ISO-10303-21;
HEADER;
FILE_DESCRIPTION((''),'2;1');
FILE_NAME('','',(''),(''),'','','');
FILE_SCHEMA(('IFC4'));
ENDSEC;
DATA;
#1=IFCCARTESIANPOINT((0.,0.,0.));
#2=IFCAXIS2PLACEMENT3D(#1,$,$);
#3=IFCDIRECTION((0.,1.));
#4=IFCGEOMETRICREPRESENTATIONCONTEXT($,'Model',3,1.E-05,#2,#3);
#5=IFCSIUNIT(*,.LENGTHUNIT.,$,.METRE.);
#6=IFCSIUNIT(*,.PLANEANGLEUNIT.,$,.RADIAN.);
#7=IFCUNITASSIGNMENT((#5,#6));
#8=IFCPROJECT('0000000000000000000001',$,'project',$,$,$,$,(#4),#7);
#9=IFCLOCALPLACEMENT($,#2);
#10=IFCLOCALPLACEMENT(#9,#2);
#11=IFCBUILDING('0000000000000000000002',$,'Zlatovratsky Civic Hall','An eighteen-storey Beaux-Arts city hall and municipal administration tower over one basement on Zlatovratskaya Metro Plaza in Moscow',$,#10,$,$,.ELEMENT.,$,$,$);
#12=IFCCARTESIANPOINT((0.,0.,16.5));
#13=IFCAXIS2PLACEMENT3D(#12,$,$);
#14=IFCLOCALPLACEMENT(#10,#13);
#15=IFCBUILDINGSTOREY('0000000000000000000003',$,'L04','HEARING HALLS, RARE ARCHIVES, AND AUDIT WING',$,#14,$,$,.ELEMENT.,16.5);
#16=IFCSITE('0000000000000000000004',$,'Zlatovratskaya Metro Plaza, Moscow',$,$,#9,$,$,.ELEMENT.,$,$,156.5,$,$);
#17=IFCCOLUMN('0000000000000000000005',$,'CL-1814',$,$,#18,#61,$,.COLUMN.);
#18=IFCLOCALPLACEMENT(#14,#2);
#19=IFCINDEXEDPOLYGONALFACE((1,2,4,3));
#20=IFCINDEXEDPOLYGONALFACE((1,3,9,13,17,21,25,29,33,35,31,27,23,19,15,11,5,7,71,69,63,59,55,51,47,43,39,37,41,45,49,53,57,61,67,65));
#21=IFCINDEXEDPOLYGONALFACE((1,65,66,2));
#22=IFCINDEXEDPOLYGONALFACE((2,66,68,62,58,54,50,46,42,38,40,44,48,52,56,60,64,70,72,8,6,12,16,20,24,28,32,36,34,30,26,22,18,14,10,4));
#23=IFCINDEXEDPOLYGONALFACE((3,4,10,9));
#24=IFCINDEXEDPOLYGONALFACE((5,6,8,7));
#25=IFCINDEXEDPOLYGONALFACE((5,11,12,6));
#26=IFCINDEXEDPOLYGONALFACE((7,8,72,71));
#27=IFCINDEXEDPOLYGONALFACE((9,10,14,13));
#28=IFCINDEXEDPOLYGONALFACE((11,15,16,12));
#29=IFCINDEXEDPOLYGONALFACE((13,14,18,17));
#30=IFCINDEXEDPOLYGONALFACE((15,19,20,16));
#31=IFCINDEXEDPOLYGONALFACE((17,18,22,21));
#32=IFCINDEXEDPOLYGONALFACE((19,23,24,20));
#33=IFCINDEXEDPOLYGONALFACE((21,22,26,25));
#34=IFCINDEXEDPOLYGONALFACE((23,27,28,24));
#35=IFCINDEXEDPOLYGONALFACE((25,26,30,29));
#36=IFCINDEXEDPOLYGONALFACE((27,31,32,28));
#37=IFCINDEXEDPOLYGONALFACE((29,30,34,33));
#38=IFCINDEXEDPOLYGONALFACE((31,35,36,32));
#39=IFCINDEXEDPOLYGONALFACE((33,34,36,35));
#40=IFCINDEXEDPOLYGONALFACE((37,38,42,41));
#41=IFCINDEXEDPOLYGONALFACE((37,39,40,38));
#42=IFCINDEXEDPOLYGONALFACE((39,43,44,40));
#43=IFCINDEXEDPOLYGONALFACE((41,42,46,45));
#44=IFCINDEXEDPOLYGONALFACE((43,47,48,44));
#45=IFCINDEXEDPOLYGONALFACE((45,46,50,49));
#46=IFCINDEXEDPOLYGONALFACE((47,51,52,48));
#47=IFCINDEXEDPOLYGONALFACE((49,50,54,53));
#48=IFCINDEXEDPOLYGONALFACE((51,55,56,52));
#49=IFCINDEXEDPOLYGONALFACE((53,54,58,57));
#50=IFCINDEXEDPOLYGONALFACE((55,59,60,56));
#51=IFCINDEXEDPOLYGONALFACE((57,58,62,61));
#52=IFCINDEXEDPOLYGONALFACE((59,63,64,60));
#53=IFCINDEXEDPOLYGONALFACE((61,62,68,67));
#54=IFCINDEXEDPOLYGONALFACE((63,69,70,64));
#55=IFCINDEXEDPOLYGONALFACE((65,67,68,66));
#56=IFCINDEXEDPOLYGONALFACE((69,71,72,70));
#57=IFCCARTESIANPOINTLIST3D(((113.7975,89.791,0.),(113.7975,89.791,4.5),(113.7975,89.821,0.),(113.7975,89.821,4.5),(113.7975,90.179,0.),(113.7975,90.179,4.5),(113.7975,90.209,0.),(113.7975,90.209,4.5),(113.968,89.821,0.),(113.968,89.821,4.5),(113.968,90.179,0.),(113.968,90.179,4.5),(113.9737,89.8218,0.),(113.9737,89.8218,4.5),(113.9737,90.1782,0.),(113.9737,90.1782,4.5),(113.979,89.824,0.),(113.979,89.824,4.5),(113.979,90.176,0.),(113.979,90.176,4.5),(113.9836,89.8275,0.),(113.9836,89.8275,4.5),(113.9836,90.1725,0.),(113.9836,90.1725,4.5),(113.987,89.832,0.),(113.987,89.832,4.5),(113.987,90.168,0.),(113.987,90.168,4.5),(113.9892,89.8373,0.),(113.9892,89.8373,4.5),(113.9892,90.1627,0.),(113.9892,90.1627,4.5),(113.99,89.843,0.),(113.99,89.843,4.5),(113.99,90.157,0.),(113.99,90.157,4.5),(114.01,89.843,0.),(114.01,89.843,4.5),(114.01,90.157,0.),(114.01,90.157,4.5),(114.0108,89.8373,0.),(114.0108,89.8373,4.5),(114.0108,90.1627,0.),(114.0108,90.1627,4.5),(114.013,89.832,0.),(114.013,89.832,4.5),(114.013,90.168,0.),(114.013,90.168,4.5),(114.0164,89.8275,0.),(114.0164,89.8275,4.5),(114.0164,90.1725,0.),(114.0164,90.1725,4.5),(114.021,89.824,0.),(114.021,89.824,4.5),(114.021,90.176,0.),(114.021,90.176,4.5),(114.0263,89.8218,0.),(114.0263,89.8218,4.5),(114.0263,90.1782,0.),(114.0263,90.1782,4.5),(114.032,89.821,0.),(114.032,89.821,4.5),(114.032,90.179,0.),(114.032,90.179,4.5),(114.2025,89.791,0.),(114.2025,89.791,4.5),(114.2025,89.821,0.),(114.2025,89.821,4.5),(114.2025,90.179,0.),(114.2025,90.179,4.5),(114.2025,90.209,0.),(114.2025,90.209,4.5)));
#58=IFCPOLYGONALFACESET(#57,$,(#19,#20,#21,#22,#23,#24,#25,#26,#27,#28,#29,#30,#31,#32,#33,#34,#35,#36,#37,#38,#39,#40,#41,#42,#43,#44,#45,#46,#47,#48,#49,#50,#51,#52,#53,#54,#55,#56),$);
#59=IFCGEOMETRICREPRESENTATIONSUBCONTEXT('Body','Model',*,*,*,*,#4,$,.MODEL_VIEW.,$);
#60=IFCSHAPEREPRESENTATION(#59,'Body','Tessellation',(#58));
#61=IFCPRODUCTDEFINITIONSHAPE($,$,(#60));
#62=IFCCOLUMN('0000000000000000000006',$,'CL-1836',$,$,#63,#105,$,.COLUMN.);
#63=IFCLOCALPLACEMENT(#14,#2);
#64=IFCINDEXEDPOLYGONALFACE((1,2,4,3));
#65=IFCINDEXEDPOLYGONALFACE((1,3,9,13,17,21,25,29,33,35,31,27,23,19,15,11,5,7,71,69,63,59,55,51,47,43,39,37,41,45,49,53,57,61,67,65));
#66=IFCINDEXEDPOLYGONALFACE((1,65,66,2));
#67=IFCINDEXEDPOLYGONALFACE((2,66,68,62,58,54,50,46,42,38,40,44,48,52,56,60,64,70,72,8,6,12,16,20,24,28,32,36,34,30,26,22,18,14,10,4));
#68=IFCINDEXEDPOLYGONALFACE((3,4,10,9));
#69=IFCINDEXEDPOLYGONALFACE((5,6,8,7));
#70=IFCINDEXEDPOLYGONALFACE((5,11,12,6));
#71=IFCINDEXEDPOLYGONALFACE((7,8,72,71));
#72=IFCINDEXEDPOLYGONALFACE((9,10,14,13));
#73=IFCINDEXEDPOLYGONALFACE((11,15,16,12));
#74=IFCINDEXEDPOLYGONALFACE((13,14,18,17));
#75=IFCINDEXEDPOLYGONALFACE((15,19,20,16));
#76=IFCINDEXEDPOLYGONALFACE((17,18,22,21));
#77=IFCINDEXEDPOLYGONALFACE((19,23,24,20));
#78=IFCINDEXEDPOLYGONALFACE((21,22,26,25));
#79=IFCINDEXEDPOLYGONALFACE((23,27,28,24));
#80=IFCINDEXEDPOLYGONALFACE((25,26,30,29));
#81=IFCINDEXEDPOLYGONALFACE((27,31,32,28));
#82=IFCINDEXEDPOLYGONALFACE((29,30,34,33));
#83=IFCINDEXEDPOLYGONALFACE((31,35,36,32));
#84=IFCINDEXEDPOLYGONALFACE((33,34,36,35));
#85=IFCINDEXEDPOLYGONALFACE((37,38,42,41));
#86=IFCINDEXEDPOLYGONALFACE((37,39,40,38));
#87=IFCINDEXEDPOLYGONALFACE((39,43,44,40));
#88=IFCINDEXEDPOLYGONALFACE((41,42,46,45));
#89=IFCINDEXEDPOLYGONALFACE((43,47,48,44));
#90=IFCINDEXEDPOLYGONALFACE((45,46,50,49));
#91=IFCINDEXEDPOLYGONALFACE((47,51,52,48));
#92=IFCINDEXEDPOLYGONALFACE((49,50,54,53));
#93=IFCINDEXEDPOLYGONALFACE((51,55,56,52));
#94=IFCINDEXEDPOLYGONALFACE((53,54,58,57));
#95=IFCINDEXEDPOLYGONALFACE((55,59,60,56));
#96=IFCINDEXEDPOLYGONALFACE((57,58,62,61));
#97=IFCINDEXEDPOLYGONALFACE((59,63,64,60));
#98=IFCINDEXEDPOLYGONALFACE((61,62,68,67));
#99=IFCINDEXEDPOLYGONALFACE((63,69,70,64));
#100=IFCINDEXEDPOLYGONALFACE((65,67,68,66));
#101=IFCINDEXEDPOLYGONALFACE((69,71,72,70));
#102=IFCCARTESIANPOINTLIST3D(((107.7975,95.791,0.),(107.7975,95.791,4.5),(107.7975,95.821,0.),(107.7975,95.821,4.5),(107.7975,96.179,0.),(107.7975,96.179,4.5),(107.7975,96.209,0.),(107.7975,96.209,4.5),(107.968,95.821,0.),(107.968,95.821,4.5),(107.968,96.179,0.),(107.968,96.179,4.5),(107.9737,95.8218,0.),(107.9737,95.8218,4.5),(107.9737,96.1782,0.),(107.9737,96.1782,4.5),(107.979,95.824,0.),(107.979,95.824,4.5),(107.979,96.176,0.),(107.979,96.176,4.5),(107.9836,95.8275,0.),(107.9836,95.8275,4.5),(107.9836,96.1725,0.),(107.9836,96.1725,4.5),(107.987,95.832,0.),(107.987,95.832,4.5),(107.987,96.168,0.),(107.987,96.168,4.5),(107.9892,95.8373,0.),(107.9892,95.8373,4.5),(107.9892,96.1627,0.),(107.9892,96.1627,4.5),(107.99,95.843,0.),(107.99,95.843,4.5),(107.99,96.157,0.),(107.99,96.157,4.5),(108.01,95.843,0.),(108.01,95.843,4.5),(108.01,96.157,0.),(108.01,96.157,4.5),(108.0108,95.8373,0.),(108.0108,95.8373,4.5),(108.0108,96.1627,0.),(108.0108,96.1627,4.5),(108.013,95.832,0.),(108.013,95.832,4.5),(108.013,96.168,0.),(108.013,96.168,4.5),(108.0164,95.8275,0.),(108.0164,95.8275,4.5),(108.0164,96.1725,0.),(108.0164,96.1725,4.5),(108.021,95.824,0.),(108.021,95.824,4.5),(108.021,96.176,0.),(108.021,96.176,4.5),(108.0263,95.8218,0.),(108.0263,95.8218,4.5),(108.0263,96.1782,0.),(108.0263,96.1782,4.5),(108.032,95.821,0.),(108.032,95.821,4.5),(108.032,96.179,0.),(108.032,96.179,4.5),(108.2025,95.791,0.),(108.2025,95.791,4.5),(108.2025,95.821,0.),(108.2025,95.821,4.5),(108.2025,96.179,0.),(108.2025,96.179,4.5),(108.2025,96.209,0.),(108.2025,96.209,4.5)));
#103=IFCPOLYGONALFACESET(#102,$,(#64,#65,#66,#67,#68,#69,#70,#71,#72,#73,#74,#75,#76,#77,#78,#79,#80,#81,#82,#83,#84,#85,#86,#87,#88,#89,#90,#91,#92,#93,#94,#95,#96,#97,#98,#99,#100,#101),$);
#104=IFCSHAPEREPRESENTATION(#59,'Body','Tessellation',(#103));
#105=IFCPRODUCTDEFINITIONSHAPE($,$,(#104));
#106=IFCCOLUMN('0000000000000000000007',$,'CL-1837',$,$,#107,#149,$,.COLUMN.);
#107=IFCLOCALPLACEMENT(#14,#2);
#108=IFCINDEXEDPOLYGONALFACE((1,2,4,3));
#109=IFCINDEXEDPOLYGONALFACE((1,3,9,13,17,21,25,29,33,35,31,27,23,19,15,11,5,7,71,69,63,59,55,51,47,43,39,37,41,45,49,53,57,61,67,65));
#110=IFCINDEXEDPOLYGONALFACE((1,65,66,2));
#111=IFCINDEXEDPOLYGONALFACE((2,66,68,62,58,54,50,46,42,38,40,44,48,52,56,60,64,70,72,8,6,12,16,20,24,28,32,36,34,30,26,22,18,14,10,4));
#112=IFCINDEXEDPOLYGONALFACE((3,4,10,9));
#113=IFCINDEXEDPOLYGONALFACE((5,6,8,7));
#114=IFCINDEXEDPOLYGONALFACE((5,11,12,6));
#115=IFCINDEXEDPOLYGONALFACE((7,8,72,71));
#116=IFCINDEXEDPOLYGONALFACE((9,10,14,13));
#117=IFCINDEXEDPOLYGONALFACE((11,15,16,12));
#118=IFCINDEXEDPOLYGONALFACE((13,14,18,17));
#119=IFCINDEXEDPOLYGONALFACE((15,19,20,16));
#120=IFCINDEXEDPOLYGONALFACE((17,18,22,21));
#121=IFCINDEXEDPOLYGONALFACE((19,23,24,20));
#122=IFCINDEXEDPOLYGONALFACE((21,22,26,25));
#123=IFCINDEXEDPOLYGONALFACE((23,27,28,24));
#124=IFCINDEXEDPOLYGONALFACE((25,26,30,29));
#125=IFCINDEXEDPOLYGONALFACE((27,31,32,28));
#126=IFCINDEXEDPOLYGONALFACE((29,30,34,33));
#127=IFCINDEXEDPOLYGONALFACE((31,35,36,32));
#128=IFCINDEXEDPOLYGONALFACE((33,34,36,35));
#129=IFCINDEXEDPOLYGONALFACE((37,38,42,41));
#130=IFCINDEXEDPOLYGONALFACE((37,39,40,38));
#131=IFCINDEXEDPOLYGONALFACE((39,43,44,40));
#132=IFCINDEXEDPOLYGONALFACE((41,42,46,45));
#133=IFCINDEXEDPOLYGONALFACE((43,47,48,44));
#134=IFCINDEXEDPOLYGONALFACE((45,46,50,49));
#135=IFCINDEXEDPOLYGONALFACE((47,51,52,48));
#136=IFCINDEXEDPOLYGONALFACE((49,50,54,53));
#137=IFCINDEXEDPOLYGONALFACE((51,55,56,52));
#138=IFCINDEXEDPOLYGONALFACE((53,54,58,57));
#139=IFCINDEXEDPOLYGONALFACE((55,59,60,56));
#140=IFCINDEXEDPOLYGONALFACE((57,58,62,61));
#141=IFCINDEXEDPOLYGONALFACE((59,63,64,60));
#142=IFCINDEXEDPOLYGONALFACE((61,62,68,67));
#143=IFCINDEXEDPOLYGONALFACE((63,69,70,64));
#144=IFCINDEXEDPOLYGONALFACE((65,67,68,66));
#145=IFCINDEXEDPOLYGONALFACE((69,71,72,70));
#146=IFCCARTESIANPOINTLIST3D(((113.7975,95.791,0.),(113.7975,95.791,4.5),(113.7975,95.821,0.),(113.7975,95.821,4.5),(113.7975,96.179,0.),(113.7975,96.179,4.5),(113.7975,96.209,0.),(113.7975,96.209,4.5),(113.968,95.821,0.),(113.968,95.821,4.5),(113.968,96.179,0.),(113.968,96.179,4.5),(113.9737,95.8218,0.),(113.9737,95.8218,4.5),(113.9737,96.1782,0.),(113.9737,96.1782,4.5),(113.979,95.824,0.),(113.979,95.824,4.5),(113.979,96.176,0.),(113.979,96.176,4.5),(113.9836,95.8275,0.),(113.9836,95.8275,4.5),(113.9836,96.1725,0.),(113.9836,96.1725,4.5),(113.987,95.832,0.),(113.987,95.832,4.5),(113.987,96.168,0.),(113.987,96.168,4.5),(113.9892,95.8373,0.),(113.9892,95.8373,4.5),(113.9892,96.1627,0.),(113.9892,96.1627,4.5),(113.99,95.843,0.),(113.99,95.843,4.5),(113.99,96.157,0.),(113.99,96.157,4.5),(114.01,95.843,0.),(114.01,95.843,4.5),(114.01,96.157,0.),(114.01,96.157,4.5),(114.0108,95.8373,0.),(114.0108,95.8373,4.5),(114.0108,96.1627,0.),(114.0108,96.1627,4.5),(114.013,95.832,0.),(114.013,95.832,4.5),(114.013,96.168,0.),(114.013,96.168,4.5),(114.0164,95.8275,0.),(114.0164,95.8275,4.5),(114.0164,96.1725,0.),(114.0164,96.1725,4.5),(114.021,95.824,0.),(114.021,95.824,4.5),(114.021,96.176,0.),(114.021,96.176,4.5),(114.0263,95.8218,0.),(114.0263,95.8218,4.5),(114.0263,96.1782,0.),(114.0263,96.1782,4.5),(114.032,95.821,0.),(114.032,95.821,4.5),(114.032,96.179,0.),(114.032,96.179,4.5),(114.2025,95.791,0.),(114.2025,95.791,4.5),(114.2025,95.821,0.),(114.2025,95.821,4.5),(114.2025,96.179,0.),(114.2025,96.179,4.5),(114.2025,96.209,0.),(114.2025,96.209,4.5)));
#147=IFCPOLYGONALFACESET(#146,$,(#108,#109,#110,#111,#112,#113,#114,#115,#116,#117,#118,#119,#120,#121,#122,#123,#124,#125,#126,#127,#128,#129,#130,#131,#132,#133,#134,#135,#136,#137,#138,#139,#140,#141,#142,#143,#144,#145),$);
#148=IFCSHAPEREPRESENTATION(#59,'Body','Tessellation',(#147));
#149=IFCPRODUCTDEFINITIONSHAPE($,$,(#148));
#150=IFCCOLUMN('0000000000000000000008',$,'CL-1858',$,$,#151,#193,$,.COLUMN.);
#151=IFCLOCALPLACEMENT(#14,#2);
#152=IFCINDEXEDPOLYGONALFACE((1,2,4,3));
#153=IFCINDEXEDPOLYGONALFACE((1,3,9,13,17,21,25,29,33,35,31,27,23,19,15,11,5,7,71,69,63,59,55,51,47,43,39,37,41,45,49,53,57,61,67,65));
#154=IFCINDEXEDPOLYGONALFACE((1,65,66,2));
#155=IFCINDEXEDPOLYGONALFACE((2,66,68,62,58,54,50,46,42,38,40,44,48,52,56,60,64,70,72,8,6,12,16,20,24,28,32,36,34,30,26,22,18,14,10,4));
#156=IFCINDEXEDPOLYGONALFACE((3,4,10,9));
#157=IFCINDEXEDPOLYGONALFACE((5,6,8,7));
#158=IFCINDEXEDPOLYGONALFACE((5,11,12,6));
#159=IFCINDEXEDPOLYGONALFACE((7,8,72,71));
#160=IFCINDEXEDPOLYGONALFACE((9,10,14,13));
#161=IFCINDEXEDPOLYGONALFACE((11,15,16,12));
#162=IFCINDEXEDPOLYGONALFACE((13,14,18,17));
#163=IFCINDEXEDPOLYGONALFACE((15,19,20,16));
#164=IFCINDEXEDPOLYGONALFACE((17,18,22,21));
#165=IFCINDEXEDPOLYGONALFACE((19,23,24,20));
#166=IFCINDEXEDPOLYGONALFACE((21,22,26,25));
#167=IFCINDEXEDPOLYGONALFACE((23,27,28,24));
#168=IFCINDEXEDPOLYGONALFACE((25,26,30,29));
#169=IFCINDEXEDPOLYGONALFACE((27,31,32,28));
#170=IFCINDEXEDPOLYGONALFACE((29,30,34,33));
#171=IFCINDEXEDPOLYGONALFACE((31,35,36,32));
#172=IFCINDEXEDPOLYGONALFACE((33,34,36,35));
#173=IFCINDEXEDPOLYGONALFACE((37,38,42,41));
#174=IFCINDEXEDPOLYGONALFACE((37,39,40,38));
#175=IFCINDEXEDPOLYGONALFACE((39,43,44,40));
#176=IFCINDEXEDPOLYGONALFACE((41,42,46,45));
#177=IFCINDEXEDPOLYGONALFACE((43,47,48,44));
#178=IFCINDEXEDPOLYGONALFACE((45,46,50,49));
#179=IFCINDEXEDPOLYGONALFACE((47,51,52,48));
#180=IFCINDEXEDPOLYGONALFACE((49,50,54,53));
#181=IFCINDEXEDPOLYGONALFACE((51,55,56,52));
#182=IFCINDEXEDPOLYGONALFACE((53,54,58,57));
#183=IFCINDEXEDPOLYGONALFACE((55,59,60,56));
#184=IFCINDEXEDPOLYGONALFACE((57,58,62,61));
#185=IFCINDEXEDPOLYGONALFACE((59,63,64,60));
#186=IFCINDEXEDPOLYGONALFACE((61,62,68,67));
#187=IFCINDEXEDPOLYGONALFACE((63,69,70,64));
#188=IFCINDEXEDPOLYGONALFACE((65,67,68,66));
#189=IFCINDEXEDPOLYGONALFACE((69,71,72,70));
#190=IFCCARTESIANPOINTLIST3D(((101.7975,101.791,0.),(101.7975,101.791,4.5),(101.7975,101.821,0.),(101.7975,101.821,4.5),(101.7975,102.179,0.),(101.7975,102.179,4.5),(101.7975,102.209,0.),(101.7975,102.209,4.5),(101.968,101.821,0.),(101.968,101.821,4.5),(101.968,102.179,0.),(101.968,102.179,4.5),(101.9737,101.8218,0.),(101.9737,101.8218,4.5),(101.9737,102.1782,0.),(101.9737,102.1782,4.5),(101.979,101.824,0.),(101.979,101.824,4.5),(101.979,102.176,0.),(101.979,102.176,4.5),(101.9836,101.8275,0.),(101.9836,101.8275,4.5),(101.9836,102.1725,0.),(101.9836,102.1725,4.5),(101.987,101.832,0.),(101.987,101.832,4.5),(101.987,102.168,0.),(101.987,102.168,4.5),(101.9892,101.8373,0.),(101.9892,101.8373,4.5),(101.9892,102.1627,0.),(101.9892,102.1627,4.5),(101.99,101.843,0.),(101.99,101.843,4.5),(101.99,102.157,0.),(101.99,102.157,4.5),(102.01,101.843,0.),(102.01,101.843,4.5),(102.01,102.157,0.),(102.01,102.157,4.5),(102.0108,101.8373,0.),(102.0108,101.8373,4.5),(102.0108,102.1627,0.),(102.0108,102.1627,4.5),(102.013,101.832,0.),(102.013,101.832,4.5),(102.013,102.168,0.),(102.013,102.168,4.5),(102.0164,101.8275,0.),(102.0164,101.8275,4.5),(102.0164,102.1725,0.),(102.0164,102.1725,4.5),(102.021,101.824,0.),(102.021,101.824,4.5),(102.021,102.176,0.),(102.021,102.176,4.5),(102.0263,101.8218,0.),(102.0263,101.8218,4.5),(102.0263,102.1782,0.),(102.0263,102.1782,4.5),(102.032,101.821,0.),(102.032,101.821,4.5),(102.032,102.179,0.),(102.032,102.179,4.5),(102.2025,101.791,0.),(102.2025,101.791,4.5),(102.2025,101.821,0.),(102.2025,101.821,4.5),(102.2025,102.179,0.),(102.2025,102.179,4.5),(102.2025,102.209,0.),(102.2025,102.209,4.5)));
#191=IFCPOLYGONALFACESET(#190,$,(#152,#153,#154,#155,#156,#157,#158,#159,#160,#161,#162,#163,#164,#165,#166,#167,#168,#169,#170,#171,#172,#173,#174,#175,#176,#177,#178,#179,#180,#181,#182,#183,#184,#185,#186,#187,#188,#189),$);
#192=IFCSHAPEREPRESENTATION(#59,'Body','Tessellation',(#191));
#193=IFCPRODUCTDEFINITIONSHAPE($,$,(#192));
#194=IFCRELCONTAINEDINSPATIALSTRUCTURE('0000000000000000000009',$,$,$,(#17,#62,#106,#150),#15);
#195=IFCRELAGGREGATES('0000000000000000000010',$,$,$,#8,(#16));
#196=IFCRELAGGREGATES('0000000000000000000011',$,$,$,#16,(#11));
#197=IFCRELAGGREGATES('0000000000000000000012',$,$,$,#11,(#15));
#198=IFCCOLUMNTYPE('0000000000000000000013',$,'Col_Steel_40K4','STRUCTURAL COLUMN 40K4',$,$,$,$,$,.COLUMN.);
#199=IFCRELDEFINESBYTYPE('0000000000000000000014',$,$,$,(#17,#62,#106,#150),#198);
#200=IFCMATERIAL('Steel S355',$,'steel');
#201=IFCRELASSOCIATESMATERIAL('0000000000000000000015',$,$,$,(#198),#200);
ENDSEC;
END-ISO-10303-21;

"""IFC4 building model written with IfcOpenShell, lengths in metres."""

from ifc_helpers import new_model, si_unit, direction, frame, origin, origin_2d, place, context, subcontext, project, spatial, i_section, extrude, material, material_profile, profile_set, type_object, element, save


model = new_model("IFC4")

# Units and contexts
model_context = context("Model", 3, precision=1e-05, world=origin(), true_north=direction((0.0, 1.0)))
body_context = subcontext(model_context, "Body", "Model", "MODEL_VIEW")
ifc_project = project(units=[si_unit("LENGTHUNIT", "METRE"), si_unit("PLANEANGLEUNIT", "RADIAN")], contexts=[model_context])

# Site, building, storey
site_placement = place(None, origin())
site = spatial("IfcSite", under=ifc_project, at=site_placement, Name="Zlatovratskaya Metro Plaza, Moscow", CompositionType="ELEMENT", RefElevation=156.5)
building_placement = place(site_placement, origin())
building = spatial("IfcBuilding", under=site, at=building_placement, Name="Zlatovratsky Civic Hall", Description="An eighteen-storey Beaux-Arts city hall and municipal administration tower over one basement on Zlatovratskaya Metro Plaza in Moscow", CompositionType="ELEMENT")
storey_placement = place(building_placement, frame((0.0, 0.0, 16.5)))
storey = spatial("IfcBuildingStorey", under=building, at=storey_placement, Name="L04", Description="HEARING HALLS, RARE ARCHIVES, AND AUDIT WING", CompositionType="ELEMENT", Elevation=16.5)

# Columns
ifc_material_1 = material(Name="Steel S355", Category="steel")
ifc_material_profile_1 = material_profile(ifc_material_1, i_section(OverallWidth=0.405, OverallDepth=0.418, WebThickness=0.02, FlangeThickness=0.03, FilletRadius=0.022, at=origin_2d()), Name="40K4")
ifc_profile_set_1 = profile_set([ifc_material_profile_1], Name="Steel S355")
column_type_1 = type_object("IfcColumnType", Name="Col_Steel_40K4", Description="STRUCTURAL COLUMN 40K4", PredefinedType="COLUMN", material=ifc_profile_set_1)
for number, where, z_axis, x_axis, name in (
    (1, (114.0, 90.0, 0.0), (0.0, 0.0, 1.0), (1.0, 0.0, 0.0), "CL-1814"),
    (2, (108.0, 96.0, 0.0), (0.0, 0.0, 1.0), (1.0, 0.0, 0.0), "CL-1836"),
    (3, (114.0, 96.0, 0.0), (0.0, 0.0, 1.0), (1.0, 0.0, 0.0), "CL-1837"),
    (4, (102.0, 102.0, 0.0), (0.0, 0.0, 1.0), (1.0, 0.0, 0.0), "CL-1858"),
):
    element("IfcColumn", number, at=place(storey_placement, frame(where, z_axis=z_axis, x_axis=x_axis)), inside=storey, type_object=column_type_1, Name=name, PredefinedType="COLUMN", context=body_context, shape_type="SweptSolid", body=[
        extrude(i_section(OverallWidth=0.405, OverallDepth=0.418, WebThickness=0.02, FlangeThickness=0.03, FilletRadius=0.022, at=origin_2d()), origin(), (0.0, 0.0, 1.0), 4.5),
    ])

save(model, "model.ifc")
